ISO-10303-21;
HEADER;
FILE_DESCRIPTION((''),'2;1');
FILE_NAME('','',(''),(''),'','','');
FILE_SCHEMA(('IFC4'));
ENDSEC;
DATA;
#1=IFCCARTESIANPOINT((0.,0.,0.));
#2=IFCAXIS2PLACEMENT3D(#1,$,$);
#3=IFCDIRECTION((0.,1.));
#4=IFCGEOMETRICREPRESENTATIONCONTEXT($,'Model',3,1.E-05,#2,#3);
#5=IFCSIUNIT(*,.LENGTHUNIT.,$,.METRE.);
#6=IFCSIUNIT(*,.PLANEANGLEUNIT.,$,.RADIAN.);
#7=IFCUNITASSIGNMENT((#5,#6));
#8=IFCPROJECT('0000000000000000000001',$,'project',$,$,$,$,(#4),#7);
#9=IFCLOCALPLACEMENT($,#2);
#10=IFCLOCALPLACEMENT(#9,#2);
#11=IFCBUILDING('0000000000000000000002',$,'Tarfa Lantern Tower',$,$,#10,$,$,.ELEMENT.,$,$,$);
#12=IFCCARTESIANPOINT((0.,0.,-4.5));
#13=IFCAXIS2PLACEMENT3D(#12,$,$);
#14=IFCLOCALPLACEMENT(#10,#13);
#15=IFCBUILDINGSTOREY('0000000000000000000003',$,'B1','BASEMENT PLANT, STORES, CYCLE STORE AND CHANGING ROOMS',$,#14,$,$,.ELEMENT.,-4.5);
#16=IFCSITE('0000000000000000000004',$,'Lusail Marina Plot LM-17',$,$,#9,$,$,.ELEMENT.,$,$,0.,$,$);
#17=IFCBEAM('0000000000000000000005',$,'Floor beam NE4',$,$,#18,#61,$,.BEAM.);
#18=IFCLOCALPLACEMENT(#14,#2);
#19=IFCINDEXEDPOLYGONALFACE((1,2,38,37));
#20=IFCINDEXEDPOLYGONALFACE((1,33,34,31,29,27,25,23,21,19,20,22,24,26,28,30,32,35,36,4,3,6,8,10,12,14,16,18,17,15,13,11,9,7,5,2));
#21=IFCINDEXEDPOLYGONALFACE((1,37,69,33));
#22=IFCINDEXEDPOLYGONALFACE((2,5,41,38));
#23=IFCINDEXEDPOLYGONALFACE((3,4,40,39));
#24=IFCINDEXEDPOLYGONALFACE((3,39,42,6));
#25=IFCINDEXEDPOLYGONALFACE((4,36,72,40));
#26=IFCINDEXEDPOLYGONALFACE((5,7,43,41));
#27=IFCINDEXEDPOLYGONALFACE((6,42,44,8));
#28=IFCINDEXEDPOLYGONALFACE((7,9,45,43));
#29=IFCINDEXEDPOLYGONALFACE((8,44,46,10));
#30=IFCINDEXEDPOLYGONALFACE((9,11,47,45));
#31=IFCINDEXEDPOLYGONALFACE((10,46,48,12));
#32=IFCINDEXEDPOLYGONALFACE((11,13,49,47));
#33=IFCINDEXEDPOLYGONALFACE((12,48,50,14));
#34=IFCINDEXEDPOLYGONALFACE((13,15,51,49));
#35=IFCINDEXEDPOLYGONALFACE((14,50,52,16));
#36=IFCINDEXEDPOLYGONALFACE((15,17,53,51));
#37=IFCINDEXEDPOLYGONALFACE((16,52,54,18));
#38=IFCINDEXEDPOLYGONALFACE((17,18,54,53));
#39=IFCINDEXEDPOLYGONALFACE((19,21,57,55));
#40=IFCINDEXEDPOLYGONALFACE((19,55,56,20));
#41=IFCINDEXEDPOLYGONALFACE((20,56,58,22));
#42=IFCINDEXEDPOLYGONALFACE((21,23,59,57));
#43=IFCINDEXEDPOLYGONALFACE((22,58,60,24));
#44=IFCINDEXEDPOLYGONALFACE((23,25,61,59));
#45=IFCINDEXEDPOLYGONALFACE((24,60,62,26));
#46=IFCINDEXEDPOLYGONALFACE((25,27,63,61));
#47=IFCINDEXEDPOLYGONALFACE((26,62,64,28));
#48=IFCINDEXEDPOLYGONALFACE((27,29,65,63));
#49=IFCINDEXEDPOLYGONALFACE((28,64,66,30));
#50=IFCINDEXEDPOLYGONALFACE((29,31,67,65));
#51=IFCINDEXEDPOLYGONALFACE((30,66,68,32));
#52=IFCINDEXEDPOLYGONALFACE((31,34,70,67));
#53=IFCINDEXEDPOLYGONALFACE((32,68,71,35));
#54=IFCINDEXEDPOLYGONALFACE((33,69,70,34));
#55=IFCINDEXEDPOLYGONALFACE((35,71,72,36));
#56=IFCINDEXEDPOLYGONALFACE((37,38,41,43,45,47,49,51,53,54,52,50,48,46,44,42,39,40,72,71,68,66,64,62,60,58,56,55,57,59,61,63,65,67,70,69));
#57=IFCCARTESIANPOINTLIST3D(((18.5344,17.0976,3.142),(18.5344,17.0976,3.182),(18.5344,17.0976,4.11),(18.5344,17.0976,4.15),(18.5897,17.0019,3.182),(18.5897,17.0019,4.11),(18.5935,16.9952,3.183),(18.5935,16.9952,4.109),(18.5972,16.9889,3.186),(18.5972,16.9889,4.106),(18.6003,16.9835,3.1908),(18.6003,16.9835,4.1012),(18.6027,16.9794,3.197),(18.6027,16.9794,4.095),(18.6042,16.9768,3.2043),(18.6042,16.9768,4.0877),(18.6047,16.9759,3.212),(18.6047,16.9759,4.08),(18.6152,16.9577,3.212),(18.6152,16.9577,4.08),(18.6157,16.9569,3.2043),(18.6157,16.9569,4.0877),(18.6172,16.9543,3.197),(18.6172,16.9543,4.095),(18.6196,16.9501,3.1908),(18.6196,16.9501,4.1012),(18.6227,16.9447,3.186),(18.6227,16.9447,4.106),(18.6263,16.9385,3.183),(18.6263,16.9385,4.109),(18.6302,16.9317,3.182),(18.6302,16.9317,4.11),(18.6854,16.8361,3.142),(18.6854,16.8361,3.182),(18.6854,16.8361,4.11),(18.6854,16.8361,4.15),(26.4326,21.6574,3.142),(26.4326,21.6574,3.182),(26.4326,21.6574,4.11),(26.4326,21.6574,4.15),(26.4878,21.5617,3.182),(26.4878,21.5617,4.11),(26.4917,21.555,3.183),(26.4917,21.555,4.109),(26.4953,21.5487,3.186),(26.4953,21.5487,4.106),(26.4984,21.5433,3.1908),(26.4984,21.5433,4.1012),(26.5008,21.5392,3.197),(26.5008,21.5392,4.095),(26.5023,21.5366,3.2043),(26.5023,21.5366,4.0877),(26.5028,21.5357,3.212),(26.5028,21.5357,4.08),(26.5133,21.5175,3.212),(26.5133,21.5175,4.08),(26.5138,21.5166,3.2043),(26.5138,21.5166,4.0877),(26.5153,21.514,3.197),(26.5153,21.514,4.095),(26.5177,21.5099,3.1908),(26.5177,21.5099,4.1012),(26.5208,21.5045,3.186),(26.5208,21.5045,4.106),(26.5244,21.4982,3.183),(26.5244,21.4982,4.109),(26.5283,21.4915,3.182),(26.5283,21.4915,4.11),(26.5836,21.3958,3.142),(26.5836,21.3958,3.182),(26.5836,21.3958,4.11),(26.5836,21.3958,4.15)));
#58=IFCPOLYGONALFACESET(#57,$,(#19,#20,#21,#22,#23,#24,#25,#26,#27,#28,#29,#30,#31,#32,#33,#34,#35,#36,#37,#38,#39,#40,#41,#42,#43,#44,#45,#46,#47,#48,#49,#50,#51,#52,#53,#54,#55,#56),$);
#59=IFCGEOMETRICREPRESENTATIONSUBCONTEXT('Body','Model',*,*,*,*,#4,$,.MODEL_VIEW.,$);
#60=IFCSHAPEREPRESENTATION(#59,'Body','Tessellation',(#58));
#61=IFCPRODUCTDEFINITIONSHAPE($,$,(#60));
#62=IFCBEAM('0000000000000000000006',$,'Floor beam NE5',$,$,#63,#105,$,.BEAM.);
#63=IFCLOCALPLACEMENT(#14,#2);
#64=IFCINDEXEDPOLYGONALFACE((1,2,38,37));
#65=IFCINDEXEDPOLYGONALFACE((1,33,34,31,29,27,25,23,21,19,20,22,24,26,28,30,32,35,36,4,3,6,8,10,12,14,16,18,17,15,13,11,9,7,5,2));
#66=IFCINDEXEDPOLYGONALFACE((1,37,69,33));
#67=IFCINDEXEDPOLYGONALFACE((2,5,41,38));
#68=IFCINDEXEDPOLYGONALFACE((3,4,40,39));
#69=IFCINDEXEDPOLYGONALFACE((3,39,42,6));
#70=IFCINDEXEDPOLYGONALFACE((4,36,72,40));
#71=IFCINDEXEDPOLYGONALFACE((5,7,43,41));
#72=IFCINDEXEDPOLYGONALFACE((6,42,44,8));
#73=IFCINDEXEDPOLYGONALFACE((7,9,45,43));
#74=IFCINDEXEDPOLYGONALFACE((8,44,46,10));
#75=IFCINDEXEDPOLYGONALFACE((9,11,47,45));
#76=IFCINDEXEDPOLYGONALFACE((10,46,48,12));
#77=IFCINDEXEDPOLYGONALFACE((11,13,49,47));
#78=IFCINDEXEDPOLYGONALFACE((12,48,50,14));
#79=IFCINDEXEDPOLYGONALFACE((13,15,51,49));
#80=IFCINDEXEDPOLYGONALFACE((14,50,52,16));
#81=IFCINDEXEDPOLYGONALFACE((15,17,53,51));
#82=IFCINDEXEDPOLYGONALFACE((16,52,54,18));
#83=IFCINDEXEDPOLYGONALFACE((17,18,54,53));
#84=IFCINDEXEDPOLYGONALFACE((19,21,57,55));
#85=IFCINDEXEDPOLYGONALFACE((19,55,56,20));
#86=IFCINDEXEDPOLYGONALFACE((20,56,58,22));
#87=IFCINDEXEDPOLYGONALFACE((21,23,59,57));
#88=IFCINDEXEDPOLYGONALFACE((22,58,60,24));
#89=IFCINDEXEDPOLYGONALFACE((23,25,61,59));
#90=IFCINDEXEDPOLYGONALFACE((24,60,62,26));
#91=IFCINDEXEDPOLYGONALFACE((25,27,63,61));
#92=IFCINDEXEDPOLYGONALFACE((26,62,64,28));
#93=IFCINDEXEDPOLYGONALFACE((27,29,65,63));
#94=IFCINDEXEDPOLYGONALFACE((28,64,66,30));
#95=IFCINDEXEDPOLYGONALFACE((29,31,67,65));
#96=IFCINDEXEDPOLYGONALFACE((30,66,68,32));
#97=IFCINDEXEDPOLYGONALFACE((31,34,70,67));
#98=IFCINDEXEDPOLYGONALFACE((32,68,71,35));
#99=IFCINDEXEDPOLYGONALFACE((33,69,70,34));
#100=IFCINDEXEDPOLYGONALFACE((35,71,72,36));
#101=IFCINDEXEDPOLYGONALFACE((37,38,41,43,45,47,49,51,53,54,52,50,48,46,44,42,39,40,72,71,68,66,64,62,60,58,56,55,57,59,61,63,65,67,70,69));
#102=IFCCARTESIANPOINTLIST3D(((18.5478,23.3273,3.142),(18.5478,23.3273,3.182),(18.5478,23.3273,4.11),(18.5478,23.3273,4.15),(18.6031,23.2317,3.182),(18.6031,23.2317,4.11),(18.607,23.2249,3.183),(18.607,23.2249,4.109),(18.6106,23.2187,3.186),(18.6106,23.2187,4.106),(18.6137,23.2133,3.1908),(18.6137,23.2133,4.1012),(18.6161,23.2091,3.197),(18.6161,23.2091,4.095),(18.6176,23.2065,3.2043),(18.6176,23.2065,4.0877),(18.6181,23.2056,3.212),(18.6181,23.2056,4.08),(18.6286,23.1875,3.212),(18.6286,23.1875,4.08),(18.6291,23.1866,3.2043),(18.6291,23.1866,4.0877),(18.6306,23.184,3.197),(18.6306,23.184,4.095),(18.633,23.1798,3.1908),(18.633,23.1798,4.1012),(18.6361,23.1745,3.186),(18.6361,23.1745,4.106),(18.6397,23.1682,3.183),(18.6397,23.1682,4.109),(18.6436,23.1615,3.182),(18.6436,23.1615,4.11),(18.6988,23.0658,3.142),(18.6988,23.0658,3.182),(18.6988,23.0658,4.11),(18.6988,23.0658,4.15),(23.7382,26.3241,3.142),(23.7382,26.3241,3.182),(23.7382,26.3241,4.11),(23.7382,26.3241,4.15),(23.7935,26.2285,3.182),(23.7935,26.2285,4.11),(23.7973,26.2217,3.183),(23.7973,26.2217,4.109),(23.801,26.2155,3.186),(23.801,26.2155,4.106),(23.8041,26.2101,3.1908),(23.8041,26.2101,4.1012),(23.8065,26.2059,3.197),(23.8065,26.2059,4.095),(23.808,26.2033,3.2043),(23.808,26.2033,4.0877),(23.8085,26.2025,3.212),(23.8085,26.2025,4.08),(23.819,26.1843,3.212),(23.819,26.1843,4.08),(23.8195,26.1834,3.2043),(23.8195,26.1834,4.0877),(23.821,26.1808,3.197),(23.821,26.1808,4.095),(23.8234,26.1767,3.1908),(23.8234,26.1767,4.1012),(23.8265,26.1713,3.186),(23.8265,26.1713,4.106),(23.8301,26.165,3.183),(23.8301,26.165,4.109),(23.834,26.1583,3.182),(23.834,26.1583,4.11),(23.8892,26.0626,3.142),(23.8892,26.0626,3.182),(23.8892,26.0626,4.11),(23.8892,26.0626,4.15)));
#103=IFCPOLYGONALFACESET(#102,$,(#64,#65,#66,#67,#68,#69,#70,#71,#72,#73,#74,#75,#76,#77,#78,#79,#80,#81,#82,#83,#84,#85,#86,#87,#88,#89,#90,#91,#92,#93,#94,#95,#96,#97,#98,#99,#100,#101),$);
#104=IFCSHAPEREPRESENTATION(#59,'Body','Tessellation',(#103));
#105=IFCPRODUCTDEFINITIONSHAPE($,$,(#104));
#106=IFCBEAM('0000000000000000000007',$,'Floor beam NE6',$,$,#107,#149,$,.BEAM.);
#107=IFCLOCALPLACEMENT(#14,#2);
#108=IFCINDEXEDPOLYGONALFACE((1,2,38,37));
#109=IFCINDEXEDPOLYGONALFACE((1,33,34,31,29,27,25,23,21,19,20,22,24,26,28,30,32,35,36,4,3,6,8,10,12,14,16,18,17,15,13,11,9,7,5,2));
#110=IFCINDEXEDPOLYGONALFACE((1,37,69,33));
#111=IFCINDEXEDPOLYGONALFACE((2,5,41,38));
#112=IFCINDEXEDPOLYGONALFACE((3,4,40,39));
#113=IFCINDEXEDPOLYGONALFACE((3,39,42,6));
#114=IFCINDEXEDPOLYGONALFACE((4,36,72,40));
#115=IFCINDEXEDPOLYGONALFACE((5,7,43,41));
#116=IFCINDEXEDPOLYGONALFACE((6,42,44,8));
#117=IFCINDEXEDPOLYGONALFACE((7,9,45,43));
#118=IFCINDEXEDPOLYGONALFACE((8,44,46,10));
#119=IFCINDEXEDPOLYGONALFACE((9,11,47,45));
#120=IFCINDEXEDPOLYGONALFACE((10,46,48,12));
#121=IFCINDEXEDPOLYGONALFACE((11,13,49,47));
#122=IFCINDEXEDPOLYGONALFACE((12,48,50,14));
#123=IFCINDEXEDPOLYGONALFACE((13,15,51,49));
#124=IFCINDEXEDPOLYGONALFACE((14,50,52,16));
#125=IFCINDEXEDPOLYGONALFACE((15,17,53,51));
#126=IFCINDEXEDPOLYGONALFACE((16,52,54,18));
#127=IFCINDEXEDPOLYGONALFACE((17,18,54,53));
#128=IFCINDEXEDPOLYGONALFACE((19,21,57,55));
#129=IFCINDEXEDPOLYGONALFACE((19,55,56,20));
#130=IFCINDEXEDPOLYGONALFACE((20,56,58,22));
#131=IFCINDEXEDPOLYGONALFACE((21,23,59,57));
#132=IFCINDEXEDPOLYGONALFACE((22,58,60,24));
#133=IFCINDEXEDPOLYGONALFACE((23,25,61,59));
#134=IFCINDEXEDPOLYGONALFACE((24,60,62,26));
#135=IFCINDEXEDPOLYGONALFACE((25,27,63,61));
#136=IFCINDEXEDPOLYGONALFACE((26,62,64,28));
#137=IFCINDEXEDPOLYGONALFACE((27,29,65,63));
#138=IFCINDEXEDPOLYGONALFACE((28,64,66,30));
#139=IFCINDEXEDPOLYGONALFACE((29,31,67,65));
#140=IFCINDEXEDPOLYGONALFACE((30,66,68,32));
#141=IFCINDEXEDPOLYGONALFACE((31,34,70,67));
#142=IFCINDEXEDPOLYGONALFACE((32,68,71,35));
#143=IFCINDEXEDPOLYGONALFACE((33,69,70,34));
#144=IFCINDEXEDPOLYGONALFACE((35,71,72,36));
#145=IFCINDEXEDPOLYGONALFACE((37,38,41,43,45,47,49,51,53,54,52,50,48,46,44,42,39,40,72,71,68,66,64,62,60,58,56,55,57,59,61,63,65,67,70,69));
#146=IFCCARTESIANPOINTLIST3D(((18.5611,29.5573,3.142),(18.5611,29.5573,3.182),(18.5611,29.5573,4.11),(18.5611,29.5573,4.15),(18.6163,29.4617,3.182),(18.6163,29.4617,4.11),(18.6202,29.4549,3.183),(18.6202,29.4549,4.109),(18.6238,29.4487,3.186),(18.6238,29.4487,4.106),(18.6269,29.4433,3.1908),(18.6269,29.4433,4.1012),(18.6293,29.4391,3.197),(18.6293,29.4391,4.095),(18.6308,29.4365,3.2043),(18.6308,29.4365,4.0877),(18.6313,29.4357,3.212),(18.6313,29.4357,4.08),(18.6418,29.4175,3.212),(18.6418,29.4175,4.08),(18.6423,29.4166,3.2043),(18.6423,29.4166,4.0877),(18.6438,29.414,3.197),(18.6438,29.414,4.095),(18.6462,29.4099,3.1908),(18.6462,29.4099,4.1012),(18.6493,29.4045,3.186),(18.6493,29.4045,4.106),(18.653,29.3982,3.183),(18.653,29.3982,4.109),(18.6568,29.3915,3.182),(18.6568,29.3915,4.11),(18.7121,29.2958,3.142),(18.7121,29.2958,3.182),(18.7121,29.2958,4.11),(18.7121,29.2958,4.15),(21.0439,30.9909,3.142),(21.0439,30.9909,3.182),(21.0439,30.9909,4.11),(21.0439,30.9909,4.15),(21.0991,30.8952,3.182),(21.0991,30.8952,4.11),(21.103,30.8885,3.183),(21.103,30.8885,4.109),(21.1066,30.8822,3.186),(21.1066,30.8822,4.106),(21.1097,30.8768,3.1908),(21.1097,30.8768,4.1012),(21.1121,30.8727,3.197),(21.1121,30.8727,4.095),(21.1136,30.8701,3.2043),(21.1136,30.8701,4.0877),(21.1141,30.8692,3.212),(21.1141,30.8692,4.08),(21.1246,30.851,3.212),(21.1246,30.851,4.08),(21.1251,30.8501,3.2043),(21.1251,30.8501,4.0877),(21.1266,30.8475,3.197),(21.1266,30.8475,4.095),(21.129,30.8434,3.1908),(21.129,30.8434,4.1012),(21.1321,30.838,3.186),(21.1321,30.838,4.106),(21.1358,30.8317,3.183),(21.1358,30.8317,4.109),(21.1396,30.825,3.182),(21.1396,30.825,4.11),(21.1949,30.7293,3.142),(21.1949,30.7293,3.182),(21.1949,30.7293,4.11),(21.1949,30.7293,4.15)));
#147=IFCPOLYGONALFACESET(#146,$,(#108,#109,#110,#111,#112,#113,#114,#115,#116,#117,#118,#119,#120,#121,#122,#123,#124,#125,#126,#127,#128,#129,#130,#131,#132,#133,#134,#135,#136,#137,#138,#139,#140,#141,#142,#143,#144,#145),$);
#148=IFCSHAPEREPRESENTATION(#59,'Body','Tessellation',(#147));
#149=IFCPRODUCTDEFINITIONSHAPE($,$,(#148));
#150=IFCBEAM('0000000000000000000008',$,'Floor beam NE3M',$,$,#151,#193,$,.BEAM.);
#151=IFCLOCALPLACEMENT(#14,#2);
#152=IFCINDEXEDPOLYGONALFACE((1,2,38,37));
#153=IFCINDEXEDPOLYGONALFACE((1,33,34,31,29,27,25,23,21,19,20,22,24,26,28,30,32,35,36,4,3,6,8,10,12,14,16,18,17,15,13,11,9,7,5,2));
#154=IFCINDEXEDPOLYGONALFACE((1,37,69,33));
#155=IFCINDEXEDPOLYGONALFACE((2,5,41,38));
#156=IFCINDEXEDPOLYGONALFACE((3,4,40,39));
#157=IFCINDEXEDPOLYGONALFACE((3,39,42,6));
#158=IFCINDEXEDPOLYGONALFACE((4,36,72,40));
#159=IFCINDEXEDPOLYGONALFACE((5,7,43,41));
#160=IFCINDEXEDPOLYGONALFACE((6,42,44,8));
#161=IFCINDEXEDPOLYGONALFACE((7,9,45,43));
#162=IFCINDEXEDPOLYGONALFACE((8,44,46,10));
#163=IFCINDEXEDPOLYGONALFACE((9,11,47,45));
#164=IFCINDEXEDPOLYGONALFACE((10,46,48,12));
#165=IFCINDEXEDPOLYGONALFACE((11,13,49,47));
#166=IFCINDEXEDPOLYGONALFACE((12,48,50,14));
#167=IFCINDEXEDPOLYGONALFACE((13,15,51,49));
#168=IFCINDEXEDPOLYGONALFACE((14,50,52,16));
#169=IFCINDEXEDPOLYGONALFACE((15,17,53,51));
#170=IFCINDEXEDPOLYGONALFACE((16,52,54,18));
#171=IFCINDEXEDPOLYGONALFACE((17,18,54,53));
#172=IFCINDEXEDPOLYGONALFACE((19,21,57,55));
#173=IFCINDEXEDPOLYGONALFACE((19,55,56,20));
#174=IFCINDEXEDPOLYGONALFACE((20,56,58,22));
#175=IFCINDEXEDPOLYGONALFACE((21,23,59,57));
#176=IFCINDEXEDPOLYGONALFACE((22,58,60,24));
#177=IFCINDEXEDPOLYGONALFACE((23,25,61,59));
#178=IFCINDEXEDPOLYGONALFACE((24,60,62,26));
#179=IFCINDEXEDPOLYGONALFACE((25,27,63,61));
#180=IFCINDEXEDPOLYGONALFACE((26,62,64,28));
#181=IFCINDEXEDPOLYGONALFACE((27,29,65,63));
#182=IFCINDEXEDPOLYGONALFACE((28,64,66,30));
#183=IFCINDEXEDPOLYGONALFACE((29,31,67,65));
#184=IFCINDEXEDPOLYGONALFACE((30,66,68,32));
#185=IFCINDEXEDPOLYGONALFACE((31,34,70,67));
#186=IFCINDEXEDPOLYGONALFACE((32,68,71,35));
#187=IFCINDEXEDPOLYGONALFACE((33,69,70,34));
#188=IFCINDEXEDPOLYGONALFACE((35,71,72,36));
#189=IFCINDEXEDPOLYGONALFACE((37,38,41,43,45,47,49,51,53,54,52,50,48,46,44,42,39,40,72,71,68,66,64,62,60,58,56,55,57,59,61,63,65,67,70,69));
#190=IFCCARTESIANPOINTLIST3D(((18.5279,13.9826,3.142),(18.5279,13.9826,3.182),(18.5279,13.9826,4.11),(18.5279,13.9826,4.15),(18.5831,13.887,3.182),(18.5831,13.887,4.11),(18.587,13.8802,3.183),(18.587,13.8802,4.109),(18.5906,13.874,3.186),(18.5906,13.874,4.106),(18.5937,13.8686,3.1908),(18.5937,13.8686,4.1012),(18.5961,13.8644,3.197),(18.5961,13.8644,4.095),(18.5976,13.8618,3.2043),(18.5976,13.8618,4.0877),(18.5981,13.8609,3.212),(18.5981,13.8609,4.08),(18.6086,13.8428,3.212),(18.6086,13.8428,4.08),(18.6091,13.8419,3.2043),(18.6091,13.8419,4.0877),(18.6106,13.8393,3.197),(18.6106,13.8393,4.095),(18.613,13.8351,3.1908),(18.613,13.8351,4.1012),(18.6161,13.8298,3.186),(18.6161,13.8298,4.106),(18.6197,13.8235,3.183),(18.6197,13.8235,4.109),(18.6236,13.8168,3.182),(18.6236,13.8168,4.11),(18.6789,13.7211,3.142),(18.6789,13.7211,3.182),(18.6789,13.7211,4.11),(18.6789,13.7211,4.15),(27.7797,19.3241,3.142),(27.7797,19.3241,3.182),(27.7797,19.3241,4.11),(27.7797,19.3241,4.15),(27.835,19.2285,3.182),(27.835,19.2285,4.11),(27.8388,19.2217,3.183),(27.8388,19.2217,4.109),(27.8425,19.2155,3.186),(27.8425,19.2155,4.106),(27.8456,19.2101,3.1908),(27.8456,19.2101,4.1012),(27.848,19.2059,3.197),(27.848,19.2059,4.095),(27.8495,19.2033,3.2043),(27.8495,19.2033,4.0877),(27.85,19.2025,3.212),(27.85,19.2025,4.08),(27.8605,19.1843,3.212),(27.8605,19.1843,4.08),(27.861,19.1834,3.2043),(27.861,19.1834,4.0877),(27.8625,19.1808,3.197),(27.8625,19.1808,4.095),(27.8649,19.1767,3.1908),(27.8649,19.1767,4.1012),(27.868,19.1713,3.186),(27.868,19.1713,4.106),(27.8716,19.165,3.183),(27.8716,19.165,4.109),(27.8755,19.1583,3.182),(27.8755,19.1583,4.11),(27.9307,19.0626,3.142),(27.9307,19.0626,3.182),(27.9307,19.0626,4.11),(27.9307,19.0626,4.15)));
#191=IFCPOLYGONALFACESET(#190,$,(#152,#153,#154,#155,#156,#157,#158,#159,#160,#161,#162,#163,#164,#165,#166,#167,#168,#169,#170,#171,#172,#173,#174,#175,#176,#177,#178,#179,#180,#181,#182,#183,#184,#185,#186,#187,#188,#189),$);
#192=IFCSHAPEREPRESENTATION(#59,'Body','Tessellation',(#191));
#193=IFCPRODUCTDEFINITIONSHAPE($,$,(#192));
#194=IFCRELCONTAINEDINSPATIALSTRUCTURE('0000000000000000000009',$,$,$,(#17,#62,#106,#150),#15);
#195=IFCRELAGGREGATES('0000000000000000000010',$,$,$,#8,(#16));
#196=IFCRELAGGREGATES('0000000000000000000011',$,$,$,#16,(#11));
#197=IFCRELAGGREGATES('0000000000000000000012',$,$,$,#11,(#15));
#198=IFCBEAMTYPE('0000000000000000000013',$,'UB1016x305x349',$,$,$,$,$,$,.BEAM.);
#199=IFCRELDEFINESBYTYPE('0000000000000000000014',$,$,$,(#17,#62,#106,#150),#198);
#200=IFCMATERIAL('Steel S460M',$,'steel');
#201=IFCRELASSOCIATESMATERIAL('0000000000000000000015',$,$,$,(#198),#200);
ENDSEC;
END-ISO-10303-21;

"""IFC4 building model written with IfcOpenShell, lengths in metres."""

from ifc_helpers import new_model, si_unit, direction, frame, origin, origin_2d, place, context, subcontext, project, spatial, i_section, extrude, material, material_profile, profile_set, type_object, element, save


model = new_model("IFC4")

# Units and contexts
model_context = context("Model", 3, precision=1e-05, world=origin(), true_north=direction((0.0, 1.0)))
body_context = subcontext(model_context, "Body", "Model", "MODEL_VIEW")
ifc_project = project(units=[si_unit("LENGTHUNIT", "METRE"), si_unit("PLANEANGLEUNIT", "RADIAN")], contexts=[model_context])

# Site, building, storey
site_placement = place(None, origin())
site = spatial("IfcSite", under=ifc_project, at=site_placement, Name="Lusail Marina Plot LM-17", CompositionType="ELEMENT", RefElevation=0.0)
building_placement = place(site_placement, origin())
building = spatial("IfcBuilding", under=site, at=building_placement, Name="Tarfa Lantern Tower", CompositionType="ELEMENT")
storey_placement = place(building_placement, frame((0.0, 0.0, -4.5)))
storey = spatial("IfcBuildingStorey", under=building, at=storey_placement, Name="B1", Description="BASEMENT PLANT, STORES, CYCLE STORE AND CHANGING ROOMS", CompositionType="ELEMENT", Elevation=-4.5)

# Beams
ifc_material_1 = material(Name="Steel S460M", Category="steel")
ifc_material_profile_1 = material_profile(ifc_material_1, i_section(OverallWidth=0.302, OverallDepth=1.0081, WebThickness=0.021, FlangeThickness=0.04, FilletRadius=0.03, at=origin_2d()), Name="UB1016x305x349")
ifc_profile_set_1 = profile_set([ifc_material_profile_1], Name="Steel S460M")
beam_type_1 = type_object("IfcBeamType", Name="UB1016x305x349", PredefinedType="BEAM", material=ifc_profile_set_1)
beam_1_placement = place(storey_placement, frame((26.5081, 21.5266, 3.646), z_axis=(-0.866035, -0.499983, 0.0), x_axis=(0.499983, -0.866035, 0.0)))
element("IfcBeam", 1, at=beam_1_placement, inside=storey, type_object=beam_type_1, Name="Floor beam NE4", PredefinedType="BEAM", context=body_context, shape_type="SweptSolid", body=[
    extrude(i_section(OverallWidth=0.302, OverallDepth=1.0081, WebThickness=0.021, FlangeThickness=0.04, FilletRadius=0.03, at=origin_2d()), origin(), (0.0, 0.0, 1.0), 9.1199),
])
beam_2_placement = place(storey_placement, frame((23.8137, 26.1934, 3.646), z_axis=(-0.866016, -0.500016, 0.0), x_axis=(0.500016, -0.866016, 0.0)))
element("IfcBeam", 2, at=beam_2_placement, inside=storey, type_object=beam_type_1, Name="Floor beam NE5", PredefinedType="BEAM", context=body_context, shape_type="SweptSolid", body=[
    extrude(i_section(OverallWidth=0.302, OverallDepth=1.0081, WebThickness=0.021, FlangeThickness=0.04, FilletRadius=0.03, at=origin_2d()), origin(), (0.0, 0.0, 1.0), 5.9934),
])
beam_3_placement = place(storey_placement, frame((21.1194, 30.8601, 3.646), z_axis=(-0.866013, -0.500022, 0.0), x_axis=(0.500022, -0.866013, 0.0)))
element("IfcBeam", 3, at=beam_3_placement, inside=storey, type_object=beam_type_1, Name="Floor beam NE6", PredefinedType="BEAM", context=body_context, shape_type="SweptSolid", body=[
    extrude(i_section(OverallWidth=0.302, OverallDepth=1.0081, WebThickness=0.021, FlangeThickness=0.04, FilletRadius=0.03, at=origin_2d()), origin(), (0.0, 0.0, 1.0), 2.8669),
])
beam_4_placement = place(storey_placement, frame((27.8552, 19.1934, 3.646), z_axis=(-0.866028, -0.499995, 0.0), x_axis=(0.499995, -0.866028, 0.0)))
element("IfcBeam", 4, at=beam_4_placement, inside=storey, type_object=beam_type_1, Name="Floor beam NE3M", PredefinedType="BEAM", context=body_context, shape_type="SweptSolid", body=[
    extrude(i_section(OverallWidth=0.302, OverallDepth=1.0081, WebThickness=0.021, FlangeThickness=0.04, FilletRadius=0.03, at=origin_2d()), origin(), (0.0, 0.0, 1.0), 10.6831),
])

save(model, "model.ifc")
